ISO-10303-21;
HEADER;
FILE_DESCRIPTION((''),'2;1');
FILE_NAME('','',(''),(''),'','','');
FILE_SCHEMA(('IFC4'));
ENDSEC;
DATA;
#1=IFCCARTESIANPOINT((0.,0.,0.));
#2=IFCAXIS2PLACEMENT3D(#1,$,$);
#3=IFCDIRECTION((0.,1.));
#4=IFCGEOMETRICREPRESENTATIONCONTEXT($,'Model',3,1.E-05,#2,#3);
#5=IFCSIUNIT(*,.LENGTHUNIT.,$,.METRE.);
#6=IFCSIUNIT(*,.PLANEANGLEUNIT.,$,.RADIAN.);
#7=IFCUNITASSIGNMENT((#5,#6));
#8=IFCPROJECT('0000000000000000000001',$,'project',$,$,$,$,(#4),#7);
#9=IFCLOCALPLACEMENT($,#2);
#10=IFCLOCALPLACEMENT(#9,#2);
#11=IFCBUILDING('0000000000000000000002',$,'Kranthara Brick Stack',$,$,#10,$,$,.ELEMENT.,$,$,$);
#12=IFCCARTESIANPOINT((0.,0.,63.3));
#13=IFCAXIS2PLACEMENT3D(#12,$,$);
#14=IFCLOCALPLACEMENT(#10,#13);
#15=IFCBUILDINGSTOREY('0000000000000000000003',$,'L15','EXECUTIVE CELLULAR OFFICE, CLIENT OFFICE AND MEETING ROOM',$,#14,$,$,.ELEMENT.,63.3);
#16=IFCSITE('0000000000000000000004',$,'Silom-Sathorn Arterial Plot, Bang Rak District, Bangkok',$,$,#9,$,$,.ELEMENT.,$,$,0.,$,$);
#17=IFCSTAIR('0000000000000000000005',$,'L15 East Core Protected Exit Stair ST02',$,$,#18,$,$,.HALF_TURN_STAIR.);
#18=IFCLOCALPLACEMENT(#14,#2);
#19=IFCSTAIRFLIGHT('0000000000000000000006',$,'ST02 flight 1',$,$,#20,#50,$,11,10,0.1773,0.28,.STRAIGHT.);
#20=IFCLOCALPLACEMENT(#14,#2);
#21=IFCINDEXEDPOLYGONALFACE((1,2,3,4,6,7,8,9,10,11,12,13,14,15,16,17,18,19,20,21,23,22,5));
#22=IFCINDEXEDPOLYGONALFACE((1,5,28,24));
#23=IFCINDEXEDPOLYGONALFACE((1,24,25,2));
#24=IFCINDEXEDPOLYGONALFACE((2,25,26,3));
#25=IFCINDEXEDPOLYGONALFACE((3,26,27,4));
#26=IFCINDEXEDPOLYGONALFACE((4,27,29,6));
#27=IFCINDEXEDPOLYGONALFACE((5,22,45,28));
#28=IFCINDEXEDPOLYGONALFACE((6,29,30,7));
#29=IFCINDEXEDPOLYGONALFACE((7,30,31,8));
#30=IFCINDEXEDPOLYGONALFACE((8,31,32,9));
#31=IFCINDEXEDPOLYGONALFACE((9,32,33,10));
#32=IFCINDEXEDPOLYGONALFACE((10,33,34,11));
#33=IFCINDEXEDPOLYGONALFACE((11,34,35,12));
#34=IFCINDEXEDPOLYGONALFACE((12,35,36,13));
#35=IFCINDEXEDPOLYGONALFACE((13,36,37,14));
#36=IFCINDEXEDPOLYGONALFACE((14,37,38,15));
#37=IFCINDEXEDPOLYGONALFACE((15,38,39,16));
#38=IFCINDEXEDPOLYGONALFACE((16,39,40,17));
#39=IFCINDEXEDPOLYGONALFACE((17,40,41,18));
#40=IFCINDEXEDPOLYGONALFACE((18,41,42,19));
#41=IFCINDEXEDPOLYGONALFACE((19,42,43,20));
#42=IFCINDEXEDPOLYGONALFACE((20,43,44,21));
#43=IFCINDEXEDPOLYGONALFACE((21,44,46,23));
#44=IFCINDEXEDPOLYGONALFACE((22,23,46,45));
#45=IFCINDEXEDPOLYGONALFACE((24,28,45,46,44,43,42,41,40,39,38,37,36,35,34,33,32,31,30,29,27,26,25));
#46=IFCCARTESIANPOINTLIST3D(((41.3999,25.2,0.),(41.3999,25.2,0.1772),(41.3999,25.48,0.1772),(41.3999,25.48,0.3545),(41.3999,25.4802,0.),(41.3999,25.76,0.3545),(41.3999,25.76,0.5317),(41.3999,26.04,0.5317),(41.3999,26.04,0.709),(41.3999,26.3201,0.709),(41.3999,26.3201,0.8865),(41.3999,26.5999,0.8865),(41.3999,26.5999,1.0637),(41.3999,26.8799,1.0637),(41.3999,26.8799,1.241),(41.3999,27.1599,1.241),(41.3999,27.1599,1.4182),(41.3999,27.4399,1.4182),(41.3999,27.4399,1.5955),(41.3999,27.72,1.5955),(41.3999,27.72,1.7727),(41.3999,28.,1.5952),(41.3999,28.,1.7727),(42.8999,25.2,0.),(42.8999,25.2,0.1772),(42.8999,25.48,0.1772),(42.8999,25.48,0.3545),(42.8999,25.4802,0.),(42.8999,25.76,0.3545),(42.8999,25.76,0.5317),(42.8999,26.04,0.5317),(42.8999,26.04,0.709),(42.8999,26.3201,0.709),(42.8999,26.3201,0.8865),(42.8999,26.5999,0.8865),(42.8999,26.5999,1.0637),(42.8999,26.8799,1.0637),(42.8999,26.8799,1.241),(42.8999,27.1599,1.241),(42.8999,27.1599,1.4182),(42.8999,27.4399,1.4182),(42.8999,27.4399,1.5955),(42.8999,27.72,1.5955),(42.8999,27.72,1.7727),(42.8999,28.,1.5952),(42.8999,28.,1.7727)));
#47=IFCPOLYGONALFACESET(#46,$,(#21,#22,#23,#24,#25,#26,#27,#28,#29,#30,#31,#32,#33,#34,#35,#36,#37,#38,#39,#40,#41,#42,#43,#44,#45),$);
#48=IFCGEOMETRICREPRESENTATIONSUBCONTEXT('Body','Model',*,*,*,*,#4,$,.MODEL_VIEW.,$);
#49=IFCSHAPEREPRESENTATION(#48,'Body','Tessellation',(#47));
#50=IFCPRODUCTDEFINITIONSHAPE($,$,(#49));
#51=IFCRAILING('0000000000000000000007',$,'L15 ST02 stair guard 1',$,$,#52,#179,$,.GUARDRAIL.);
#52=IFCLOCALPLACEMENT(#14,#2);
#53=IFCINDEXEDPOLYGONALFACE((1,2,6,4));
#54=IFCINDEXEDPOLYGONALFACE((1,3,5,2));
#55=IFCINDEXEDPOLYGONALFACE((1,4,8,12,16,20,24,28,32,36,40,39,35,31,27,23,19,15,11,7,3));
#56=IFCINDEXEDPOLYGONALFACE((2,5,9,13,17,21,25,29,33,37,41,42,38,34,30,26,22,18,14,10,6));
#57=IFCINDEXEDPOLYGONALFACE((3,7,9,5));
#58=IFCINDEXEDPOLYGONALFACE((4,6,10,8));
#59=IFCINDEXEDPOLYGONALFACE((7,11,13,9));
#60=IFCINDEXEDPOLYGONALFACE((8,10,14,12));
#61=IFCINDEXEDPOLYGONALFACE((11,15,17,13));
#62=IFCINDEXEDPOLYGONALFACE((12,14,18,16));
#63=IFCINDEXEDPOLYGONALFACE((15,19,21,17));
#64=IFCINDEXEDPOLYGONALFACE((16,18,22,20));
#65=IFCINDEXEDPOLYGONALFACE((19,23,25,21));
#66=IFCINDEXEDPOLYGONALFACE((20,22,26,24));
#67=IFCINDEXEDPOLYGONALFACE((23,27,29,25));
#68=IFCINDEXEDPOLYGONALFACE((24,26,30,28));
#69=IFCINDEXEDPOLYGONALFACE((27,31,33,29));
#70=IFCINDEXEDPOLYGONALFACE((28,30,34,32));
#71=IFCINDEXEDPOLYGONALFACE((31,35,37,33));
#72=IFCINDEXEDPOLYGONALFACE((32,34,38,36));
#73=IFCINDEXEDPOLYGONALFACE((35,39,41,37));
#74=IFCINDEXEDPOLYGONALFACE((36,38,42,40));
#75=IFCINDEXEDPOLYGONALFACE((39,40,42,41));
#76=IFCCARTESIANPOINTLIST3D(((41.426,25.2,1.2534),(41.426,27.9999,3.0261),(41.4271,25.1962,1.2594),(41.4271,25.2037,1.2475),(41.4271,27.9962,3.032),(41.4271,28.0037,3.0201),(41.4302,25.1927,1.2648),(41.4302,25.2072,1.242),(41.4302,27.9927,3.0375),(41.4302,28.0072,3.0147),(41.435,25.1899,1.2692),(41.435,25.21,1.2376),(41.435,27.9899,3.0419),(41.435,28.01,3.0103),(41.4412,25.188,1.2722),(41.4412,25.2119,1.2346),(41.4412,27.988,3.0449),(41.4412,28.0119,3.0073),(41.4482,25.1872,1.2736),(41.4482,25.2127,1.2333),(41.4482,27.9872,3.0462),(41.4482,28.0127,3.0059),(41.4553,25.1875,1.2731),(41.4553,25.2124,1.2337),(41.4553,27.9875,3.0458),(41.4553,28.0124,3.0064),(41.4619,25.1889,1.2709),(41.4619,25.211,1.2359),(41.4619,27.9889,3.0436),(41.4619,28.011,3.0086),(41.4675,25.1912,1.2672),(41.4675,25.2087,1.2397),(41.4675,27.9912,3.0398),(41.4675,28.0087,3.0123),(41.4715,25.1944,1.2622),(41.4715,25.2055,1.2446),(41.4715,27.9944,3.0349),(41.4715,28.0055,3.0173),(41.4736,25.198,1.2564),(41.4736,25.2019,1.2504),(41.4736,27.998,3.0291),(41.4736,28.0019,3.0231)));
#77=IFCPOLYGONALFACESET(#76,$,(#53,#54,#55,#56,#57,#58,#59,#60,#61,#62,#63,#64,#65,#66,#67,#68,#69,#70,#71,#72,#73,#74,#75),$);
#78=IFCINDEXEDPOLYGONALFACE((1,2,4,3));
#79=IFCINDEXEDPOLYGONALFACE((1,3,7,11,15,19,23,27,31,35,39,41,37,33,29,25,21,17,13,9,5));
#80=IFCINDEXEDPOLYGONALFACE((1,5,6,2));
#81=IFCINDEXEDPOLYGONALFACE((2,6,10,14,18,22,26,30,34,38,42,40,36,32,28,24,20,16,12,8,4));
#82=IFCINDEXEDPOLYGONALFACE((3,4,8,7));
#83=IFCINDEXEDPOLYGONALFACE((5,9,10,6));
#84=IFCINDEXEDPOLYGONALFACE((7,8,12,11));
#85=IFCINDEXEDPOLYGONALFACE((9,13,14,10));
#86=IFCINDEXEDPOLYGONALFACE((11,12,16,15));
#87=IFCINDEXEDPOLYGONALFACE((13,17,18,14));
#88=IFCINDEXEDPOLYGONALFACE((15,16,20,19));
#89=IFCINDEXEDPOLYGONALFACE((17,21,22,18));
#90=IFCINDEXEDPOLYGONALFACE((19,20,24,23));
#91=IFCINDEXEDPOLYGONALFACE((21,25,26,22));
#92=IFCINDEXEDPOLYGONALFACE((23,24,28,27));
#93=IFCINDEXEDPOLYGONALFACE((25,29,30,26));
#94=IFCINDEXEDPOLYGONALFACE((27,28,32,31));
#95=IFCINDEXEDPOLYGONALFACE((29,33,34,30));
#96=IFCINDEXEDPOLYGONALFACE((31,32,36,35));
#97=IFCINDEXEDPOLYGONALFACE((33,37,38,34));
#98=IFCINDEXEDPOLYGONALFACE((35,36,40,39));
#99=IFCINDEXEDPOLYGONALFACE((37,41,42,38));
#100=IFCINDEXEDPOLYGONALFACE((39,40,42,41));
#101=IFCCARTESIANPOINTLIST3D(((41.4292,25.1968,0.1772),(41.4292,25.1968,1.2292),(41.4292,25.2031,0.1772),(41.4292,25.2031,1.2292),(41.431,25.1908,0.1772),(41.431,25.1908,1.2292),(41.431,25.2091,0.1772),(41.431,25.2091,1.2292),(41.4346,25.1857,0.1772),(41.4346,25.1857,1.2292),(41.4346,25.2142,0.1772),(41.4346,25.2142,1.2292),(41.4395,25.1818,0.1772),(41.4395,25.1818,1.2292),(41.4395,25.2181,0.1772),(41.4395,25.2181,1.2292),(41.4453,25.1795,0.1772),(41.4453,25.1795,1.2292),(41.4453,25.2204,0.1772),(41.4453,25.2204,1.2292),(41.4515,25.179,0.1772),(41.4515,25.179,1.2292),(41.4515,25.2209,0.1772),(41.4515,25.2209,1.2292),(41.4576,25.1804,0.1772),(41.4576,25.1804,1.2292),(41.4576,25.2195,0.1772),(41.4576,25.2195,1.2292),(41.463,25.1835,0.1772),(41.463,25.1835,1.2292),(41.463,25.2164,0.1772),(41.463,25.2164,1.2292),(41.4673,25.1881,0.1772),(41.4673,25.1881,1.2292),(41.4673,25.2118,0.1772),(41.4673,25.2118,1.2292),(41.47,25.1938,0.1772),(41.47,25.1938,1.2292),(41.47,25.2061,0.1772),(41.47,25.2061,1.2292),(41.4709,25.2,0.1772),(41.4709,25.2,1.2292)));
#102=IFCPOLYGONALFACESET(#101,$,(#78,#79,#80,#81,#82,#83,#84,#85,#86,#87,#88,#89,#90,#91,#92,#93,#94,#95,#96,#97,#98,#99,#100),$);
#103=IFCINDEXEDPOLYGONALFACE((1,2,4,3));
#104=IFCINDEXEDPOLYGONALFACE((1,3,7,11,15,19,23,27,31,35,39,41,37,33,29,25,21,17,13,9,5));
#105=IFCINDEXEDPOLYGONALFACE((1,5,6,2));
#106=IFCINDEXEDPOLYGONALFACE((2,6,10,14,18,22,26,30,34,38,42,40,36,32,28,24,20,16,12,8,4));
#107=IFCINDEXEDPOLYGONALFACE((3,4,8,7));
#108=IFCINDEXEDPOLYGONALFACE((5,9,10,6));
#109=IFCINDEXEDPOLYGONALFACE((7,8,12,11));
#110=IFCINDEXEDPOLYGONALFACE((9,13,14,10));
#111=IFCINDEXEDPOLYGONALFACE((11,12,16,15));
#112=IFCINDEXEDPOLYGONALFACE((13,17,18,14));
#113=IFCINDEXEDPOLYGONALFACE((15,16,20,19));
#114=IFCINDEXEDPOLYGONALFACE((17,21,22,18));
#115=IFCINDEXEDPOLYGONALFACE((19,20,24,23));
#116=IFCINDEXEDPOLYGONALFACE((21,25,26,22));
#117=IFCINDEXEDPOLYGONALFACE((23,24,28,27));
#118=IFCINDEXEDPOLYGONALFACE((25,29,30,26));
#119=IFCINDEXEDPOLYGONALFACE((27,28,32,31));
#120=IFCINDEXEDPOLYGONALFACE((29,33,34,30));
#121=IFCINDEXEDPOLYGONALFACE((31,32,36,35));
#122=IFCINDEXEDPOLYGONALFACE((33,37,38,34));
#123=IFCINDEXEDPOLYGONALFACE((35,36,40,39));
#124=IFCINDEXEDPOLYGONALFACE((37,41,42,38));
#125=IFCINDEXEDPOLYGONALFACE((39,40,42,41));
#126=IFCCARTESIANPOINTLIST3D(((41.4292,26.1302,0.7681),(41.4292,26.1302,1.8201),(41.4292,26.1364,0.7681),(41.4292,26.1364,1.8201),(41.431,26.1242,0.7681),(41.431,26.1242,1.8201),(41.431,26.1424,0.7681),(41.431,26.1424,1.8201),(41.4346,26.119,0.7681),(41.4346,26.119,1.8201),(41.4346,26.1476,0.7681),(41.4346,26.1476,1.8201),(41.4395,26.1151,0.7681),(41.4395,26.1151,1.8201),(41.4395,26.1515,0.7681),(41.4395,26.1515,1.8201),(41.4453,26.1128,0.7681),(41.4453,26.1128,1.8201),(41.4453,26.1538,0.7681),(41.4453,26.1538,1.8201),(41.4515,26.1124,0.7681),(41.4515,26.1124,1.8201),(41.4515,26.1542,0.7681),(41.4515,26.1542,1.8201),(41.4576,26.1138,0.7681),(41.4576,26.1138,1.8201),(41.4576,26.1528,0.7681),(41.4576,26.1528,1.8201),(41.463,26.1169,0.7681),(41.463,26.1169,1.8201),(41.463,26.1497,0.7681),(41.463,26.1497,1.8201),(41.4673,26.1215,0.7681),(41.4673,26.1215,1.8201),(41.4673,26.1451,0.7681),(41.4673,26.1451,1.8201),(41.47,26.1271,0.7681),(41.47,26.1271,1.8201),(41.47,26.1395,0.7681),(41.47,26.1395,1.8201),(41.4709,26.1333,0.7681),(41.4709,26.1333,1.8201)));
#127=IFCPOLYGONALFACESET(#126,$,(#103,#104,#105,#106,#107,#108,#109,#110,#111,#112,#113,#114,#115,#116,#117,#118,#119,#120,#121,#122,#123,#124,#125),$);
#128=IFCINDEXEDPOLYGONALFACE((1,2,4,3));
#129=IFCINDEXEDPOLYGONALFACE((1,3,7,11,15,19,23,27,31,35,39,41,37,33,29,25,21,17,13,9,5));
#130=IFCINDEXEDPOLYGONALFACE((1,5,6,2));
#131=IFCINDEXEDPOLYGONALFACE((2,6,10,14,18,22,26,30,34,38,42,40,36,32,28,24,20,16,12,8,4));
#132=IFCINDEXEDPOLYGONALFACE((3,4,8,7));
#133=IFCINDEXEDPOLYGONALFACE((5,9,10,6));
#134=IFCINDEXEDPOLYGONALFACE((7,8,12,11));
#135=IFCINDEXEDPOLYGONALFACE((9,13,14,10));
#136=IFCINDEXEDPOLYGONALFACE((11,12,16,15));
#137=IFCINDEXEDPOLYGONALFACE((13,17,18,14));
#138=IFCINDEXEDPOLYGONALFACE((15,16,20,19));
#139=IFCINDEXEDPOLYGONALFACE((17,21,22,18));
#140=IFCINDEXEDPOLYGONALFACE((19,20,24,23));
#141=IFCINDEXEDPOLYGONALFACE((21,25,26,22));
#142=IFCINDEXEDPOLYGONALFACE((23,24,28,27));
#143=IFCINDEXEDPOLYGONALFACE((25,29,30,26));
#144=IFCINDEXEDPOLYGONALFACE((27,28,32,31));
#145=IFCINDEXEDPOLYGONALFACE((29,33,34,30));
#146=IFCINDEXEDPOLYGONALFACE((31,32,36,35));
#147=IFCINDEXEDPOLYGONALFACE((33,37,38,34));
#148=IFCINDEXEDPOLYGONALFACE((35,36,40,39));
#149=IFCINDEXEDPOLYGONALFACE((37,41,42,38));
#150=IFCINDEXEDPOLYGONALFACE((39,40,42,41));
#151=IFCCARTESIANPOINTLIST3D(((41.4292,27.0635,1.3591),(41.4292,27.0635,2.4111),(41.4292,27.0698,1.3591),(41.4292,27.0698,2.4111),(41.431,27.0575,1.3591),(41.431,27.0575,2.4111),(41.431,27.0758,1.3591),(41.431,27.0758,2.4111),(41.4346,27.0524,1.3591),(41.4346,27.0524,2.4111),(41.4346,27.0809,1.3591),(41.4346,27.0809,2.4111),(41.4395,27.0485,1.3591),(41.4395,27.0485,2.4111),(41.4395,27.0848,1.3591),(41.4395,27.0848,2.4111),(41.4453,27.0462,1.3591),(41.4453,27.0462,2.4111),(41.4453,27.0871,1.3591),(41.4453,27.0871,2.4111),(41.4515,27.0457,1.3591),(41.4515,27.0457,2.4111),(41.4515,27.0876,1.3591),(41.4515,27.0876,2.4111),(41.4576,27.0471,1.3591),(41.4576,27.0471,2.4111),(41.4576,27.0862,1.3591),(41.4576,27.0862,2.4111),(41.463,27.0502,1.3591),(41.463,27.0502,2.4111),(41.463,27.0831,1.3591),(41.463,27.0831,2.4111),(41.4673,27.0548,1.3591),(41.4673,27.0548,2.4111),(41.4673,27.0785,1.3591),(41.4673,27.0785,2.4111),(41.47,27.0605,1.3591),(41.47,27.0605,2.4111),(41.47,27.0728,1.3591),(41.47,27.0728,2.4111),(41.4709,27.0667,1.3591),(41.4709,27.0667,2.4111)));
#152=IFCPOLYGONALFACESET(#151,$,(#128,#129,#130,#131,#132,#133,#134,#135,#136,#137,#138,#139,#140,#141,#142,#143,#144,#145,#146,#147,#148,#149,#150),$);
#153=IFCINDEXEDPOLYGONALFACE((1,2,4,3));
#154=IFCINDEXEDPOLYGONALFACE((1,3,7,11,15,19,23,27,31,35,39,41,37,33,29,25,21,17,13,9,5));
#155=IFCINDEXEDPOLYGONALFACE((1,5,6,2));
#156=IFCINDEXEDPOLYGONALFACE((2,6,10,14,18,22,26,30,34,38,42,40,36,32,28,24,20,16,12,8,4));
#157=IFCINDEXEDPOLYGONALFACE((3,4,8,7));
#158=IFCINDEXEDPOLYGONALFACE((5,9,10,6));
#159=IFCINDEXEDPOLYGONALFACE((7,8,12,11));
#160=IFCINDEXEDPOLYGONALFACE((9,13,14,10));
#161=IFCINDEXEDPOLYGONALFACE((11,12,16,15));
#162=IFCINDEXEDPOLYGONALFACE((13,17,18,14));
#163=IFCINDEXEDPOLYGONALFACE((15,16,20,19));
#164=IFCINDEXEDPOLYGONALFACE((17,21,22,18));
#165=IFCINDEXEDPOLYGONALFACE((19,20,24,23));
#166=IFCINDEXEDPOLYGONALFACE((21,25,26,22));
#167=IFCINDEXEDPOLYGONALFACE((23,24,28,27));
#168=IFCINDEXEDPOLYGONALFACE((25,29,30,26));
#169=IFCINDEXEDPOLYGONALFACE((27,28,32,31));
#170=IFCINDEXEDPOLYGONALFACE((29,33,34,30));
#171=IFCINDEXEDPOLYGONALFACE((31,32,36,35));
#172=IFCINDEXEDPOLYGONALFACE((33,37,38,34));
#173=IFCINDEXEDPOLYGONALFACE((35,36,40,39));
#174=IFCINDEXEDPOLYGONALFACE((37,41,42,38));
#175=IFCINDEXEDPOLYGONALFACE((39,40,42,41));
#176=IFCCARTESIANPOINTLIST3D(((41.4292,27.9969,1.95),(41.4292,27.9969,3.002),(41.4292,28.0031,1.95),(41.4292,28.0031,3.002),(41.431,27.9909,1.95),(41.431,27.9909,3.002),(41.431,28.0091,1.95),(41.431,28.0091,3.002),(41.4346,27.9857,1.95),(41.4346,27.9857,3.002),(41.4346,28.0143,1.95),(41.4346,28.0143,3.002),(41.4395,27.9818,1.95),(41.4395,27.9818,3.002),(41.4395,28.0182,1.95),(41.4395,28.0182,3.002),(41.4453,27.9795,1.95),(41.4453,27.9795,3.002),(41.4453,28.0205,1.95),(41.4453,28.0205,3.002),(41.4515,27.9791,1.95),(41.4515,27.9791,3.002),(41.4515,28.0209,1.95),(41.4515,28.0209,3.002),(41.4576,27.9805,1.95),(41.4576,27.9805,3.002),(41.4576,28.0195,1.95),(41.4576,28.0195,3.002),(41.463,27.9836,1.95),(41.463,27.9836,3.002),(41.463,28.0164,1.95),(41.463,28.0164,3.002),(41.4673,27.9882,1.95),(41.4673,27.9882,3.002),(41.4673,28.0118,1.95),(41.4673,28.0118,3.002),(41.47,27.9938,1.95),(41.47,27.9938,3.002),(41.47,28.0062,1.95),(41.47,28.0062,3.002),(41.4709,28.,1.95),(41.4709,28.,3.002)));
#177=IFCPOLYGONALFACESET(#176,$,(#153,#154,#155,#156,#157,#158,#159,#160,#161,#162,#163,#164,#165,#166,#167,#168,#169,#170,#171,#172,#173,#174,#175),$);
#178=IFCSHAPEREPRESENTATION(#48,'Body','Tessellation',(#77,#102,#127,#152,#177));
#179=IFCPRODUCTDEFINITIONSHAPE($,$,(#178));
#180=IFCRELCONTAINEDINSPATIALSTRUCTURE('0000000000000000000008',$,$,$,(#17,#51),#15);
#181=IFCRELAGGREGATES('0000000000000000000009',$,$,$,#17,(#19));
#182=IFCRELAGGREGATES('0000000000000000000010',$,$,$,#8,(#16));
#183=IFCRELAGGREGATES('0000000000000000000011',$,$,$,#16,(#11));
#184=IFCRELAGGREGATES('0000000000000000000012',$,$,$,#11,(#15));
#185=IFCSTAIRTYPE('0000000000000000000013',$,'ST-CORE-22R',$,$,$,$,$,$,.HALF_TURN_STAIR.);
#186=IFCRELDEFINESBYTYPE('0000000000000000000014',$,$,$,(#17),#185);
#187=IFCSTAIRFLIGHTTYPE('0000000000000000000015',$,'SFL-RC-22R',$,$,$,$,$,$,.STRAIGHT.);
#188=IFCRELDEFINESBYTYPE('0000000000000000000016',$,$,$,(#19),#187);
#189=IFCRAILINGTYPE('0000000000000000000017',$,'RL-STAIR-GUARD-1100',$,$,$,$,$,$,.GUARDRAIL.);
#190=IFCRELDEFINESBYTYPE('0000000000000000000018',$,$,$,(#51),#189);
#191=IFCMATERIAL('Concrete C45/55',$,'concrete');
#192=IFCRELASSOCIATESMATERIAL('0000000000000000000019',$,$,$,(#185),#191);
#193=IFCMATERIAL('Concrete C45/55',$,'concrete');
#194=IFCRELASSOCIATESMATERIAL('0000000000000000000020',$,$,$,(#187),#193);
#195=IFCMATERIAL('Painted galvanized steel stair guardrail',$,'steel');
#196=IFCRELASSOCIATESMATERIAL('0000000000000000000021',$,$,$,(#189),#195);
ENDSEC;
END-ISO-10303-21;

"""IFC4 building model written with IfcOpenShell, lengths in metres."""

from ifc_helpers import new_model, si_unit, direction, frame, origin, origin_2d, place, context, subcontext, project, spatial, polyline, circle, outline, extrude, material, type_object, element, aggregate, save


model = new_model("IFC4")

# Units and contexts
model_context = context("Model", 3, precision=1e-05, world=origin(), true_north=direction((0.0, 1.0)))
body_context = subcontext(model_context, "Body", "Model", "MODEL_VIEW")
ifc_project = project(units=[si_unit("LENGTHUNIT", "METRE"), si_unit("PLANEANGLEUNIT", "RADIAN")], contexts=[model_context])

# Site, building, storey
site_placement = place(None, origin())
site = spatial("IfcSite", under=ifc_project, at=site_placement, Name="Silom-Sathorn Arterial Plot, Bang Rak District, Bangkok", CompositionType="ELEMENT", RefElevation=0.0)
building_placement = place(site_placement, origin())
building = spatial("IfcBuilding", under=site, at=building_placement, Name="Kranthara Brick Stack", CompositionType="ELEMENT")
storey_placement = place(building_placement, frame((0.0, 0.0, 63.3)))
storey = spatial("IfcBuildingStorey", under=building, at=storey_placement, Name="L15", Description="EXECUTIVE CELLULAR OFFICE, CLIENT OFFICE AND MEETING ROOM", CompositionType="ELEMENT", Elevation=63.3)

# Stair, stair flight
ifc_material_1 = material(Name="Concrete C45/55", Category="concrete")
stair_type = type_object("IfcStairType", Name="ST-CORE-22R", PredefinedType="HALF_TURN_STAIR", material=ifc_material_1)
stair_placement = place(storey_placement, origin())
stair = element("IfcStair", 1, at=stair_placement, inside=storey, type_object=stair_type, Name="L15 East Core Protected Exit Stair ST02", PredefinedType="HALF_TURN_STAIR")
ifc_material_2 = material(Name="Concrete C45/55", Category="concrete")
stair_flight_type = type_object("IfcStairFlightType", Name="SFL-RC-22R", PredefinedType="STRAIGHT", material=ifc_material_2)
stair_flight_placement = place(storey_placement, frame((42.1499, 25.2, 0.0), z_axis=(0.0, 0.0, 1.0), x_axis=(0.0, 1.0, 0.0)))
stair_flight = element("IfcStairFlight", 2, at=stair_flight_placement, type_object=stair_flight_type, Name="ST02 flight 1", NumberOfRisers=11, NumberOfTreads=10, PredefinedType="STRAIGHT", RiserHeight=0.1773, TreadLength=0.28, context=body_context, shape_type="SweptSolid", body=[
    extrude(outline(polyline([(0.0, 0.0), (0.0, 0.1772), (0.28, 0.1772), (0.28, 0.3545), (0.5601, 0.3545), (0.5601, 0.5317), (0.8401, 0.5317), (0.8401, 0.709), (1.1201, 0.709), (1.1201, 0.8865), (1.3999, 0.8865), (1.3999, 1.0637), (1.6799, 1.0637), (1.6799, 1.241), (1.96, 1.241), (1.96, 1.4182), (2.24, 1.4182), (2.24, 1.5955), (2.52, 1.5955), (2.52, 1.7727), (2.8, 1.7727), (2.8, 1.95), (2.8, 1.5952), (0.2803, 0.0), (0.0, 0.0)])), frame((0.0, 0.75, 0.0), z_axis=(0.0, -1.0, 0.0), x_axis=(1.0, 0.0, 0.0)), (0.0, 0.0, 1.0), 1.5),
])
aggregate(stair, [stair_flight])

# Railing
ifc_material_3 = material(Name="Painted galvanized steel stair guardrail", Category="steel")
railing_type_1 = type_object("IfcRailingType", Name="RL-STAIR-GUARD-1100", PredefinedType="GUARDRAIL", material=ifc_material_3)
railing_1_placement = place(storey_placement, frame((41.45, 25.2, 0.1772)))
element("IfcRailing", 3, at=railing_1_placement, inside=storey, type_object=railing_type_1, Name="L15 ST02 stair guard 1", PredefinedType="GUARDRAIL", context=body_context, shape_type="SweptSolid", body=[
    extrude(circle(Radius=0.0239, at=origin_2d()), frame((0.0, 0.0, 1.0762), z_axis=(0.0, 0.844909, 0.53491), x_axis=(-1.0, 0.0, 0.0)), (0.0, 0.0, 1.0), 3.314),
    extrude(circle(Radius=0.021, at=origin_2d()), origin(), (0.0, 0.0, 1.0), 1.052),
    extrude(circle(Radius=0.021, at=origin_2d()), frame((0.0, 0.9333, 0.5908)), (0.0, 0.0, 1.0), 1.052),
    extrude(circle(Radius=0.021, at=origin_2d()), frame((0.0, 1.8667, 1.1819)), (0.0, 0.0, 1.0), 1.052),
    extrude(circle(Radius=0.021, at=origin_2d()), frame((0.0, 2.8, 1.7727)), (0.0, 0.0, 1.0), 1.052),
])

save(model, "model.ifc")
